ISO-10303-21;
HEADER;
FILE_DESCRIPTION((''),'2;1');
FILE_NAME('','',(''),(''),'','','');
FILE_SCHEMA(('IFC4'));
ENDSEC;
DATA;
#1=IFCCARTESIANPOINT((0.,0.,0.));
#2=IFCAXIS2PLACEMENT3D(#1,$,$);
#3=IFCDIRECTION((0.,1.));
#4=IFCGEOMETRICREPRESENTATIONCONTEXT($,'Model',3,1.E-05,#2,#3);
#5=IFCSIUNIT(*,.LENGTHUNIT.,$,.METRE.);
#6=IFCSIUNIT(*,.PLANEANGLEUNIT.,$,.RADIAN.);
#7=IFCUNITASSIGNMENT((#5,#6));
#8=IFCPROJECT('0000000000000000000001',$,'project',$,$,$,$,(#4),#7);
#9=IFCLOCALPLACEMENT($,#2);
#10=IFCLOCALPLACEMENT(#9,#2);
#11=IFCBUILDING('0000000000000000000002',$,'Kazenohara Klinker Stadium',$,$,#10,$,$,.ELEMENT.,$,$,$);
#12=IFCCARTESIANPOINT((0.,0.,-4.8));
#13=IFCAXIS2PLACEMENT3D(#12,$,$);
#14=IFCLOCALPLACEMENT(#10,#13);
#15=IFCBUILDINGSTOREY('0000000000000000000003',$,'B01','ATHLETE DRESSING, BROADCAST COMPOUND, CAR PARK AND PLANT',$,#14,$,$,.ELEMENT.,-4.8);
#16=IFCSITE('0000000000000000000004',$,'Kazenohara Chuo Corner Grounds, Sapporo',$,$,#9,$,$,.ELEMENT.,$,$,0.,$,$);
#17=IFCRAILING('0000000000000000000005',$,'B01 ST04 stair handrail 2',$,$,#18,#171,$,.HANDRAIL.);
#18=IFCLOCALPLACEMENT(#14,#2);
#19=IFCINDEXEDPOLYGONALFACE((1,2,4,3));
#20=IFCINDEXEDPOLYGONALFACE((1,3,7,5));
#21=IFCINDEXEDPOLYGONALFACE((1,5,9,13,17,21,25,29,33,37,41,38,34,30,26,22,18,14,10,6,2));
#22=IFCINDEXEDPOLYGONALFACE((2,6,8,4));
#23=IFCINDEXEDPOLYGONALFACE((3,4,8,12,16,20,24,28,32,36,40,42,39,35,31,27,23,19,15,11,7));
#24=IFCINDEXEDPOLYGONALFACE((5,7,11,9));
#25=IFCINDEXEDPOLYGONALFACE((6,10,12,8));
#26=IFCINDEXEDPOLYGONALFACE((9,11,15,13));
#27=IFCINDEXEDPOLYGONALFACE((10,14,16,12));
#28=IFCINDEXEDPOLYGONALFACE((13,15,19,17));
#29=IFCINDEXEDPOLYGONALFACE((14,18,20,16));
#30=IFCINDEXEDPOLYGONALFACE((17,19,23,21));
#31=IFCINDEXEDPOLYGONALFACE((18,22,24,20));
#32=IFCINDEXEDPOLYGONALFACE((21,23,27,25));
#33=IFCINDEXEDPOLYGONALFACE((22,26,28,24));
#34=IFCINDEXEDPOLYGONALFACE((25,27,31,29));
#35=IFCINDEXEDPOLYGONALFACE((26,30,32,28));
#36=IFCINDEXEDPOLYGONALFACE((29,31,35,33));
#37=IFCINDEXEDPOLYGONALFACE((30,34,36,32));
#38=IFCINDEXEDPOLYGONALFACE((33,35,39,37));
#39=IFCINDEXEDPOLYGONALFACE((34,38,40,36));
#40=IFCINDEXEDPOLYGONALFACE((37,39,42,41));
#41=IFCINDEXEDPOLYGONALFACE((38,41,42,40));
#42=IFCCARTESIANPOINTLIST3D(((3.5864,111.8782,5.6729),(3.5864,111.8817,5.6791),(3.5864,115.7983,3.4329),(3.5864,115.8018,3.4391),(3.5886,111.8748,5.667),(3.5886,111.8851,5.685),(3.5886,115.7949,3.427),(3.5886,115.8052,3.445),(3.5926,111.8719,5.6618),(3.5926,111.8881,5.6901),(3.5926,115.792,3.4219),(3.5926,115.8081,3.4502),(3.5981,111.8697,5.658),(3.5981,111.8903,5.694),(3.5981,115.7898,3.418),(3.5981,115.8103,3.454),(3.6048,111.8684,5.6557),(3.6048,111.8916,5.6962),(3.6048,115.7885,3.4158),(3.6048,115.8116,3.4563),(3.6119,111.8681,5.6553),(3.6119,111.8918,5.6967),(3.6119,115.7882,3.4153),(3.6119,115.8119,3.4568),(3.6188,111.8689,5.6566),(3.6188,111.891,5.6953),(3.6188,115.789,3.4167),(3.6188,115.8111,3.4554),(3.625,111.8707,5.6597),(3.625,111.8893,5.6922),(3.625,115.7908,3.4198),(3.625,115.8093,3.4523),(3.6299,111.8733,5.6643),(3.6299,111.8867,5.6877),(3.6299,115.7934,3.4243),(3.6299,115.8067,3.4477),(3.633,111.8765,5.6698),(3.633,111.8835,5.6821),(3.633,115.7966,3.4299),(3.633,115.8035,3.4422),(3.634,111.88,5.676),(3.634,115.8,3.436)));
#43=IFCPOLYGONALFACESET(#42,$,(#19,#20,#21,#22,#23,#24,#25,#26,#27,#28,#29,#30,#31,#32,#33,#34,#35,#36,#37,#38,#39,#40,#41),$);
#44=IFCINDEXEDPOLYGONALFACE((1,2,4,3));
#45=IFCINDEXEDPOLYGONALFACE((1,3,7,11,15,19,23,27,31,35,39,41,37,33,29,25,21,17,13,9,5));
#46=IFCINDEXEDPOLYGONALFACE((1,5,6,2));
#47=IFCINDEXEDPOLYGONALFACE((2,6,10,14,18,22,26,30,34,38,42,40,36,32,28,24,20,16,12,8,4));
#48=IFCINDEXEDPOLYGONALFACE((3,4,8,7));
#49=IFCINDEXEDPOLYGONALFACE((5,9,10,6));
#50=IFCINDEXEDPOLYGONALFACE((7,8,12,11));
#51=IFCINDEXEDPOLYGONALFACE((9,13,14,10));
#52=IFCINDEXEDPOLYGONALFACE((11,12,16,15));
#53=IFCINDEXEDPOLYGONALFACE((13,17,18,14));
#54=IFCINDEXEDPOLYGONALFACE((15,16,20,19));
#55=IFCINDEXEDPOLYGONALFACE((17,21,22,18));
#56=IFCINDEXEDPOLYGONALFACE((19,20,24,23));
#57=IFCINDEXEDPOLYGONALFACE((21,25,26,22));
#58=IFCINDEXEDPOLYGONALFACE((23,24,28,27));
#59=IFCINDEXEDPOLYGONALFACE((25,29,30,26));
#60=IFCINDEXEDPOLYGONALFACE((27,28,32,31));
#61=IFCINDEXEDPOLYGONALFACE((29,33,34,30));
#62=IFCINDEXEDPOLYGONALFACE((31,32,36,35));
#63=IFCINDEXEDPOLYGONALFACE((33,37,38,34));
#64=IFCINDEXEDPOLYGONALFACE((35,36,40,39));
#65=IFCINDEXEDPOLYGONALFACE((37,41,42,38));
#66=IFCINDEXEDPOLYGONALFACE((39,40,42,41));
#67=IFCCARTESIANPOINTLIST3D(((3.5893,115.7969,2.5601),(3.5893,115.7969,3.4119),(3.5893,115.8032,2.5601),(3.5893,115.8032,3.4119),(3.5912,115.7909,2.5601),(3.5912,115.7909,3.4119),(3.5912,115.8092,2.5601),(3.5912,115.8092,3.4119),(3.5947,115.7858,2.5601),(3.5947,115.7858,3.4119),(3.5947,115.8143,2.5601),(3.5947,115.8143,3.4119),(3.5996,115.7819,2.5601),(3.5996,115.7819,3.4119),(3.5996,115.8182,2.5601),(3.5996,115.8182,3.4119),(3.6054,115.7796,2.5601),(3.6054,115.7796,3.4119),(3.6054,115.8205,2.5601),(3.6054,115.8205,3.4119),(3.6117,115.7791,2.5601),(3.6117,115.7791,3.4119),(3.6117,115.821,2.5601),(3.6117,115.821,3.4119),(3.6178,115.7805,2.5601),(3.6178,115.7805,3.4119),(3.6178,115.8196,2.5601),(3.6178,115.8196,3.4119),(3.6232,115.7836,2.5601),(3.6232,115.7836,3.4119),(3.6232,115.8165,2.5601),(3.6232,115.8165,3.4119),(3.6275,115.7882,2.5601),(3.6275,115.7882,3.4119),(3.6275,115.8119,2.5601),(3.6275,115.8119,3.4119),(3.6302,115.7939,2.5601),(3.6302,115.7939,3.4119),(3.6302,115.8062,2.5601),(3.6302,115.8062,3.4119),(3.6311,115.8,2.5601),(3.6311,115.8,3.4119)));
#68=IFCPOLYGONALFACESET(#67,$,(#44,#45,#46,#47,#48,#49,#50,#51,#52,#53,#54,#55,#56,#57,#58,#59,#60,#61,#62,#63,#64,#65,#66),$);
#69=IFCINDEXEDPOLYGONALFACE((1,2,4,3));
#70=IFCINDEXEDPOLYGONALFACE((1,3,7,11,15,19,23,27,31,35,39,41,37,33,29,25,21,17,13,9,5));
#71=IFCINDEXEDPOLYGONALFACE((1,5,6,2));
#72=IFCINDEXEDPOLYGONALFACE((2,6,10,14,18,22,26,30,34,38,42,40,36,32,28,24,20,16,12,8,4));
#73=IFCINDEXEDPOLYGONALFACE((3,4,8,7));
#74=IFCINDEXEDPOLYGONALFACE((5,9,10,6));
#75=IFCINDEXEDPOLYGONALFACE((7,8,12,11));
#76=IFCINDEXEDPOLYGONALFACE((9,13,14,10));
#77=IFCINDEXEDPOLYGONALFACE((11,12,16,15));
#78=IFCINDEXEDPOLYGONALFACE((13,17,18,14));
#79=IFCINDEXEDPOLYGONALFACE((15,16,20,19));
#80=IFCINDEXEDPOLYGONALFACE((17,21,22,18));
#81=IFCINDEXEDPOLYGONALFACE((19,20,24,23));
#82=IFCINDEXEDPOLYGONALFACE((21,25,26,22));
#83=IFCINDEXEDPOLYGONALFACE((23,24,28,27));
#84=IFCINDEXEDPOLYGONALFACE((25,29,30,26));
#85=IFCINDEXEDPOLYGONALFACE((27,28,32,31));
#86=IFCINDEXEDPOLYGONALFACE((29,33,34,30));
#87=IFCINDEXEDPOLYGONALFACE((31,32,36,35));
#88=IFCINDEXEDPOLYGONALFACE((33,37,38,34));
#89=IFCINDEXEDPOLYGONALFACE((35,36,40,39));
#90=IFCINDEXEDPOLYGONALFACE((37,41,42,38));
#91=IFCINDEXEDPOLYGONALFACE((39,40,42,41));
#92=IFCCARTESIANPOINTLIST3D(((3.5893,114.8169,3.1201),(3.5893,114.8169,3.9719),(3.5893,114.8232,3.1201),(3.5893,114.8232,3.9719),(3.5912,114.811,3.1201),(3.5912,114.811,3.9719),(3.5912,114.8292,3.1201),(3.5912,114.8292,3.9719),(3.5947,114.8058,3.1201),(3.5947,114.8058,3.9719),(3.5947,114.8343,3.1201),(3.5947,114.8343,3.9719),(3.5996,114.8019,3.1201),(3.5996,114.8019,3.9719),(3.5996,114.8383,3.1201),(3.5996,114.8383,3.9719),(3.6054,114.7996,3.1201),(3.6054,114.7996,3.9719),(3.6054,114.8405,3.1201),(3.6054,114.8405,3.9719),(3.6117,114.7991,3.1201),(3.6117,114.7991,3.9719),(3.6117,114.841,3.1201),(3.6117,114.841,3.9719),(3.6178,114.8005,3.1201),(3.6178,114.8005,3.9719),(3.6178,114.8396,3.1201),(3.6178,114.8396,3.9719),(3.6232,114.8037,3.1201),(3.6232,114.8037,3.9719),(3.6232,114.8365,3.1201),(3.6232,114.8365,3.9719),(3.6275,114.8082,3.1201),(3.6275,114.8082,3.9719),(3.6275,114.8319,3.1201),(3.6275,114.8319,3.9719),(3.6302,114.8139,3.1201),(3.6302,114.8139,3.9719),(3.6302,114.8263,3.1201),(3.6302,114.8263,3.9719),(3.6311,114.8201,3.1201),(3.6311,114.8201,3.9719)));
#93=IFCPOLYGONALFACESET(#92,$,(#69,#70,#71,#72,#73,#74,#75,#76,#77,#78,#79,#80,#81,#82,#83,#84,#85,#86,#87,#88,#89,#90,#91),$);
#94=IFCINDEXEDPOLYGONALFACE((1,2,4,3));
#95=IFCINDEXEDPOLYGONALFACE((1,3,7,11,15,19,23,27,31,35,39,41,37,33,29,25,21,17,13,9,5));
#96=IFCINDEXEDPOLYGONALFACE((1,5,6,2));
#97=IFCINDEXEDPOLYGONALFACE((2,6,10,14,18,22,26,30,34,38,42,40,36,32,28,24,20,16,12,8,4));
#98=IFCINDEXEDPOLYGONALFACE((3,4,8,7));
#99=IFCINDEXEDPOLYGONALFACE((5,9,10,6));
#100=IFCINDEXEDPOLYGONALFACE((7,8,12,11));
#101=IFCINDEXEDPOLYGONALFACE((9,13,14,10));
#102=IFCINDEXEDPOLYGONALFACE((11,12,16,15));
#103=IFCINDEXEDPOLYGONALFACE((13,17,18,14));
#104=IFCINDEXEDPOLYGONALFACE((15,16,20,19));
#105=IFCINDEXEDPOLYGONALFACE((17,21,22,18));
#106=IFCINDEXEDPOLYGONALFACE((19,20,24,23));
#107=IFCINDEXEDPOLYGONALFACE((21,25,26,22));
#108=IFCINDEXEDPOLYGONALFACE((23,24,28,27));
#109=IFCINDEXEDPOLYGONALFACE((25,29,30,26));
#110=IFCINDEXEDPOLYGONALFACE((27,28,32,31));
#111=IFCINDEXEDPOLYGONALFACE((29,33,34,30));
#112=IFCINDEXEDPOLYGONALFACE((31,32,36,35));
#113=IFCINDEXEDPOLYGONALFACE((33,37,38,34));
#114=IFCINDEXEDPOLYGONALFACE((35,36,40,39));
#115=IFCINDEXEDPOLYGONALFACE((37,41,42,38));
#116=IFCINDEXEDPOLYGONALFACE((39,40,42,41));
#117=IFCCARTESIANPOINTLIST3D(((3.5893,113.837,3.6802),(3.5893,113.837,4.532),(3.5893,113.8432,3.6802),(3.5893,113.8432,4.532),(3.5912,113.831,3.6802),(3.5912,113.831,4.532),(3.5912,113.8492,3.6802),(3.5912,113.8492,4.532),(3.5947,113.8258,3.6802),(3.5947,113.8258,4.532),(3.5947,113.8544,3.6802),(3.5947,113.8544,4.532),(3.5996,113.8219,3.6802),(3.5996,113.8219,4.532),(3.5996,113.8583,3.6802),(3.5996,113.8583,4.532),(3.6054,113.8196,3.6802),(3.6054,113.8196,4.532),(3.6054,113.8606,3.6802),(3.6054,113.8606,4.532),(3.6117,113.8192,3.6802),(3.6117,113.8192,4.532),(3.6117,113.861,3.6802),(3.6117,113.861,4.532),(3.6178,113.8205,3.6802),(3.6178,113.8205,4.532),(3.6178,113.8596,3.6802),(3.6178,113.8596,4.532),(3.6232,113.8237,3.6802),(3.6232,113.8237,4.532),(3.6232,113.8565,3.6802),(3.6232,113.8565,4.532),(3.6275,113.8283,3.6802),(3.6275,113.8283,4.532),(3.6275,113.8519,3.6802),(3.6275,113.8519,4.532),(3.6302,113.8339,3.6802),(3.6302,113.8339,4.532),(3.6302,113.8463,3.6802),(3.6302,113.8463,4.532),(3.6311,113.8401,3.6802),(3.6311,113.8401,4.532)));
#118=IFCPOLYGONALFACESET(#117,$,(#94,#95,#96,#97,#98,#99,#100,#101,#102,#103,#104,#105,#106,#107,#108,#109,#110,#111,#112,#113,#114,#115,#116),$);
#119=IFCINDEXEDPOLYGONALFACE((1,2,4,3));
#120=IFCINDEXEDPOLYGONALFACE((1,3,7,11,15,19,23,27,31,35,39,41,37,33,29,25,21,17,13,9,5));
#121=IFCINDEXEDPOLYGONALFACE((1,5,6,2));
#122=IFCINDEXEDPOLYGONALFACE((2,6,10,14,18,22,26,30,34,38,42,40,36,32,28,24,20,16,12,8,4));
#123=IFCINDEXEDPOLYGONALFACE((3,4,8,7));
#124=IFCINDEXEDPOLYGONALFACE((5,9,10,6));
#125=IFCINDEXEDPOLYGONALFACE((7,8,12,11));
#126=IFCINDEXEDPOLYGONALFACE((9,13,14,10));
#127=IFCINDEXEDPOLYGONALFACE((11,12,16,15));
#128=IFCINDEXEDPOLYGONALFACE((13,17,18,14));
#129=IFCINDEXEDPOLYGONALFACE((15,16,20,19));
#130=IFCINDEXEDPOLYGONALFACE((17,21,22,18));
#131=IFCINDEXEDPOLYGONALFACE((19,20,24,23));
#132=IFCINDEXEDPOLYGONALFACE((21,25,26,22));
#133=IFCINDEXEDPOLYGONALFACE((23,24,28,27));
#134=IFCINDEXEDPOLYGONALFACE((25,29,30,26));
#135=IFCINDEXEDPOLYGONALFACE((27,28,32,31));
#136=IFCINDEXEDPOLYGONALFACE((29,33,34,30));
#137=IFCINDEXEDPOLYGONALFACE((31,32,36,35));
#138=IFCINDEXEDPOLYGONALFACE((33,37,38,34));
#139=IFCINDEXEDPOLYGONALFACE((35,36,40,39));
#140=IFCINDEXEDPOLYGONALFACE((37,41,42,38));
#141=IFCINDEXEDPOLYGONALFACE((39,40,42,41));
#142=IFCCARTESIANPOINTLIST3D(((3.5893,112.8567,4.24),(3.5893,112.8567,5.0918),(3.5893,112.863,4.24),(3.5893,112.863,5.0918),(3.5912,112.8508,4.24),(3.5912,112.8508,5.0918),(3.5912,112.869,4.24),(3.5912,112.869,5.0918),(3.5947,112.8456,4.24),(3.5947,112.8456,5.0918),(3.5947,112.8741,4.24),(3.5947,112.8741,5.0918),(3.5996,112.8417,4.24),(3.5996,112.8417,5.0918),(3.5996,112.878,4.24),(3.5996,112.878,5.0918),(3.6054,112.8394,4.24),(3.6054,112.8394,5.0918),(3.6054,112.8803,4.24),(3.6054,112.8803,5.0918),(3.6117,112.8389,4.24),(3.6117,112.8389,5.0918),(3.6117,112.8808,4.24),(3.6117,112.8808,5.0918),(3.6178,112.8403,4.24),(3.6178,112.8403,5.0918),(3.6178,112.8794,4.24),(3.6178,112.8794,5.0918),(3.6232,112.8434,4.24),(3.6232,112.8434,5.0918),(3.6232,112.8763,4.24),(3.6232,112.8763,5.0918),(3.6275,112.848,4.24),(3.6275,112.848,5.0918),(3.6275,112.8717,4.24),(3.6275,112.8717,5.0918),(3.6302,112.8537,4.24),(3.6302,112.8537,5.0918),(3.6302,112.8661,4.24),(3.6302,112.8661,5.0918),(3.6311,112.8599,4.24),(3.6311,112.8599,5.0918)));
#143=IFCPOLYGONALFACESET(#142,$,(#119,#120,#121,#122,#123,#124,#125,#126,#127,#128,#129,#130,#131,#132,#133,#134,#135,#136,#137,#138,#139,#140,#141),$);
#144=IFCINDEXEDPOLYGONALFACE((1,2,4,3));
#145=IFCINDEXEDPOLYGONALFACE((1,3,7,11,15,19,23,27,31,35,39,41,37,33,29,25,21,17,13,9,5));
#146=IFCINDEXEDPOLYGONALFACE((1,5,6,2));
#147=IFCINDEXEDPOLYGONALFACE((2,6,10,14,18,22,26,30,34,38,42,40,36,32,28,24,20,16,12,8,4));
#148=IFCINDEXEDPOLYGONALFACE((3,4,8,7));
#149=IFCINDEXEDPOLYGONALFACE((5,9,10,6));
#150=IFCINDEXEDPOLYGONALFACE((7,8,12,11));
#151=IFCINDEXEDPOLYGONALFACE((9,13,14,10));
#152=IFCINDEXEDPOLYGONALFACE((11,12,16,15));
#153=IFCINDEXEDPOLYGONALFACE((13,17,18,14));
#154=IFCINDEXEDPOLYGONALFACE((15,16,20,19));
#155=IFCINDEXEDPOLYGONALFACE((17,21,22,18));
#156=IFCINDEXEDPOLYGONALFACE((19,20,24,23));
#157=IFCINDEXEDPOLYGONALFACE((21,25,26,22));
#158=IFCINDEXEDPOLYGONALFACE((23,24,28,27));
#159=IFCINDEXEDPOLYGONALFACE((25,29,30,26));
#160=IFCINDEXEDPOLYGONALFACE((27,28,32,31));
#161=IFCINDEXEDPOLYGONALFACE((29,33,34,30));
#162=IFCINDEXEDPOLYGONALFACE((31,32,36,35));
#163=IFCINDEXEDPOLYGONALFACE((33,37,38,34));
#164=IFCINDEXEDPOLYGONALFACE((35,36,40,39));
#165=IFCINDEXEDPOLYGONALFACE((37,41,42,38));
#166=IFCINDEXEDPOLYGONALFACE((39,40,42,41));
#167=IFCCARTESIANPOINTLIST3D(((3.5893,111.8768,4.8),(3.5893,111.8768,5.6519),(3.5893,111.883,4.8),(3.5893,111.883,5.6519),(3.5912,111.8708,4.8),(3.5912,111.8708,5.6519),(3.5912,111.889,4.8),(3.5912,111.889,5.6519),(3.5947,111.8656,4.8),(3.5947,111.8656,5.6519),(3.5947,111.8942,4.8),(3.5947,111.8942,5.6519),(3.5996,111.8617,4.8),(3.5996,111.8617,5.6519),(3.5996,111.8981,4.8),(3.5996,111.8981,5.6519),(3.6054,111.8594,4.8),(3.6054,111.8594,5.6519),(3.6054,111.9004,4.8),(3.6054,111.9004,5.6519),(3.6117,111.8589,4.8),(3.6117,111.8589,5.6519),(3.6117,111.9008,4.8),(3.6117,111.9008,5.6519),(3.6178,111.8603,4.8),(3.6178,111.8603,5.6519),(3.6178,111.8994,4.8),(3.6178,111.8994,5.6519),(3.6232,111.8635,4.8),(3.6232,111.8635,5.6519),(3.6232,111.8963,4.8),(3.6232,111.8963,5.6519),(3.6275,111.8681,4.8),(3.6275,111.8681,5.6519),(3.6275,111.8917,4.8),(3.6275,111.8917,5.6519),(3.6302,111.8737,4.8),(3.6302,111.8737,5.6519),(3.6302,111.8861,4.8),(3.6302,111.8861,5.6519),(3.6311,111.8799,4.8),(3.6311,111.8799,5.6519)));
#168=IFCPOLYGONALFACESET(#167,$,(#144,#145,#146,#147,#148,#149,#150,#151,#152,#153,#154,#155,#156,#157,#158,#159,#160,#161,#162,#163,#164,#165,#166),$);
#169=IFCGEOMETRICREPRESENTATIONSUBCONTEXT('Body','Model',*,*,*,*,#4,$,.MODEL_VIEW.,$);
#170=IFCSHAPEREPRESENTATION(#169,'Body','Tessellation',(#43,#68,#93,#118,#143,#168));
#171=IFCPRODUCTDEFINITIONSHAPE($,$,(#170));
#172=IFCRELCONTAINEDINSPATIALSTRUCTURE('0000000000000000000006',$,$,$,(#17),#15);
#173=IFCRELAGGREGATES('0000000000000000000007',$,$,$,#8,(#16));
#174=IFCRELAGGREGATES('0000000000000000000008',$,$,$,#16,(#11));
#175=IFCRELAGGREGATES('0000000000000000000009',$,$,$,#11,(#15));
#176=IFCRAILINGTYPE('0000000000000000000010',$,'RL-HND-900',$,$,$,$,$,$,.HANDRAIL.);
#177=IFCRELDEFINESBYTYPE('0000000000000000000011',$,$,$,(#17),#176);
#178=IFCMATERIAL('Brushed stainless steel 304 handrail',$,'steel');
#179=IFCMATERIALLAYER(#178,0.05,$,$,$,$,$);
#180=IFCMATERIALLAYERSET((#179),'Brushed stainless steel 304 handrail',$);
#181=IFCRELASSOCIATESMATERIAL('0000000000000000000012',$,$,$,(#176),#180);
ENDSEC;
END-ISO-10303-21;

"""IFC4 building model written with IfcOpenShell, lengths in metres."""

from ifc_helpers import new_model, si_unit, direction, frame, origin, origin_2d, place, context, subcontext, project, spatial, circle, extrude, material, layer, layer_set, type_object, element, save


model = new_model("IFC4")

# Units and contexts
model_context = context("Model", 3, precision=1e-05, world=origin(), true_north=direction((0.0, 1.0)))
body_context = subcontext(model_context, "Body", "Model", "MODEL_VIEW")
ifc_project = project(units=[si_unit("LENGTHUNIT", "METRE"), si_unit("PLANEANGLEUNIT", "RADIAN")], contexts=[model_context])

# Site, building, storey
site_placement = place(None, origin())
site = spatial("IfcSite", under=ifc_project, at=site_placement, Name="Kazenohara Chuo Corner Grounds, Sapporo", CompositionType="ELEMENT", RefElevation=0.0)
building_placement = place(site_placement, origin())
building = spatial("IfcBuilding", under=site, at=building_placement, Name="Kazenohara Klinker Stadium", CompositionType="ELEMENT")
storey_placement = place(building_placement, frame((0.0, 0.0, -4.8)))
storey = spatial("IfcBuildingStorey", under=building, at=storey_placement, Name="B01", Description="ATHLETE DRESSING, BROADCAST COMPOUND, CAR PARK AND PLANT", CompositionType="ELEMENT", Elevation=-4.8)

# Railing
ifc_material_1 = material(Name="Brushed stainless steel 304 handrail", Category="steel")
ifc_layer_1 = layer(ifc_material_1, 0.05)
ifc_layer_set_1 = layer_set([ifc_layer_1], Name="Brushed stainless steel 304 handrail")
railing_type_1 = type_object("IfcRailingType", Name="RL-HND-900", PredefinedType="HANDRAIL", material=ifc_layer_set_1)
railing_1_placement = place(storey_placement, frame((3.6101, 115.8, 2.5601)))
element("IfcRailing", 1, at=railing_1_placement, inside=storey, type_object=railing_type_1, Name="B01 ST04 stair handrail 2", PredefinedType="HANDRAIL", context=body_context, shape_type="SweptSolid", body=[
    extrude(circle(Radius=0.0239, at=origin_2d()), frame((0.0, 0.0, 0.876), z_axis=(0.0, -0.868253, 0.496121), x_axis=(1.0, 0.0, 0.0)), (0.0, 0.0, 1.0), 4.5149),
    extrude(circle(Radius=0.021, at=origin_2d()), origin(), (0.0, 0.0, 1.0), 0.8518),
    extrude(circle(Radius=0.021, at=origin_2d()), frame((0.0, -0.98, 0.5601)), (0.0, 0.0, 1.0), 0.8518),
    extrude(circle(Radius=0.021, at=origin_2d()), frame((0.0, -1.96, 1.1201)), (0.0, 0.0, 1.0), 0.8518),
    extrude(circle(Radius=0.021, at=origin_2d()), frame((0.0, -2.9402, 1.6799)), (0.0, 0.0, 1.0), 0.8518),
    extrude(circle(Radius=0.021, at=origin_2d()), frame((0.0, -3.9202, 2.24)), (0.0, 0.0, 1.0), 0.8518),
])

save(model, "model.ifc")
